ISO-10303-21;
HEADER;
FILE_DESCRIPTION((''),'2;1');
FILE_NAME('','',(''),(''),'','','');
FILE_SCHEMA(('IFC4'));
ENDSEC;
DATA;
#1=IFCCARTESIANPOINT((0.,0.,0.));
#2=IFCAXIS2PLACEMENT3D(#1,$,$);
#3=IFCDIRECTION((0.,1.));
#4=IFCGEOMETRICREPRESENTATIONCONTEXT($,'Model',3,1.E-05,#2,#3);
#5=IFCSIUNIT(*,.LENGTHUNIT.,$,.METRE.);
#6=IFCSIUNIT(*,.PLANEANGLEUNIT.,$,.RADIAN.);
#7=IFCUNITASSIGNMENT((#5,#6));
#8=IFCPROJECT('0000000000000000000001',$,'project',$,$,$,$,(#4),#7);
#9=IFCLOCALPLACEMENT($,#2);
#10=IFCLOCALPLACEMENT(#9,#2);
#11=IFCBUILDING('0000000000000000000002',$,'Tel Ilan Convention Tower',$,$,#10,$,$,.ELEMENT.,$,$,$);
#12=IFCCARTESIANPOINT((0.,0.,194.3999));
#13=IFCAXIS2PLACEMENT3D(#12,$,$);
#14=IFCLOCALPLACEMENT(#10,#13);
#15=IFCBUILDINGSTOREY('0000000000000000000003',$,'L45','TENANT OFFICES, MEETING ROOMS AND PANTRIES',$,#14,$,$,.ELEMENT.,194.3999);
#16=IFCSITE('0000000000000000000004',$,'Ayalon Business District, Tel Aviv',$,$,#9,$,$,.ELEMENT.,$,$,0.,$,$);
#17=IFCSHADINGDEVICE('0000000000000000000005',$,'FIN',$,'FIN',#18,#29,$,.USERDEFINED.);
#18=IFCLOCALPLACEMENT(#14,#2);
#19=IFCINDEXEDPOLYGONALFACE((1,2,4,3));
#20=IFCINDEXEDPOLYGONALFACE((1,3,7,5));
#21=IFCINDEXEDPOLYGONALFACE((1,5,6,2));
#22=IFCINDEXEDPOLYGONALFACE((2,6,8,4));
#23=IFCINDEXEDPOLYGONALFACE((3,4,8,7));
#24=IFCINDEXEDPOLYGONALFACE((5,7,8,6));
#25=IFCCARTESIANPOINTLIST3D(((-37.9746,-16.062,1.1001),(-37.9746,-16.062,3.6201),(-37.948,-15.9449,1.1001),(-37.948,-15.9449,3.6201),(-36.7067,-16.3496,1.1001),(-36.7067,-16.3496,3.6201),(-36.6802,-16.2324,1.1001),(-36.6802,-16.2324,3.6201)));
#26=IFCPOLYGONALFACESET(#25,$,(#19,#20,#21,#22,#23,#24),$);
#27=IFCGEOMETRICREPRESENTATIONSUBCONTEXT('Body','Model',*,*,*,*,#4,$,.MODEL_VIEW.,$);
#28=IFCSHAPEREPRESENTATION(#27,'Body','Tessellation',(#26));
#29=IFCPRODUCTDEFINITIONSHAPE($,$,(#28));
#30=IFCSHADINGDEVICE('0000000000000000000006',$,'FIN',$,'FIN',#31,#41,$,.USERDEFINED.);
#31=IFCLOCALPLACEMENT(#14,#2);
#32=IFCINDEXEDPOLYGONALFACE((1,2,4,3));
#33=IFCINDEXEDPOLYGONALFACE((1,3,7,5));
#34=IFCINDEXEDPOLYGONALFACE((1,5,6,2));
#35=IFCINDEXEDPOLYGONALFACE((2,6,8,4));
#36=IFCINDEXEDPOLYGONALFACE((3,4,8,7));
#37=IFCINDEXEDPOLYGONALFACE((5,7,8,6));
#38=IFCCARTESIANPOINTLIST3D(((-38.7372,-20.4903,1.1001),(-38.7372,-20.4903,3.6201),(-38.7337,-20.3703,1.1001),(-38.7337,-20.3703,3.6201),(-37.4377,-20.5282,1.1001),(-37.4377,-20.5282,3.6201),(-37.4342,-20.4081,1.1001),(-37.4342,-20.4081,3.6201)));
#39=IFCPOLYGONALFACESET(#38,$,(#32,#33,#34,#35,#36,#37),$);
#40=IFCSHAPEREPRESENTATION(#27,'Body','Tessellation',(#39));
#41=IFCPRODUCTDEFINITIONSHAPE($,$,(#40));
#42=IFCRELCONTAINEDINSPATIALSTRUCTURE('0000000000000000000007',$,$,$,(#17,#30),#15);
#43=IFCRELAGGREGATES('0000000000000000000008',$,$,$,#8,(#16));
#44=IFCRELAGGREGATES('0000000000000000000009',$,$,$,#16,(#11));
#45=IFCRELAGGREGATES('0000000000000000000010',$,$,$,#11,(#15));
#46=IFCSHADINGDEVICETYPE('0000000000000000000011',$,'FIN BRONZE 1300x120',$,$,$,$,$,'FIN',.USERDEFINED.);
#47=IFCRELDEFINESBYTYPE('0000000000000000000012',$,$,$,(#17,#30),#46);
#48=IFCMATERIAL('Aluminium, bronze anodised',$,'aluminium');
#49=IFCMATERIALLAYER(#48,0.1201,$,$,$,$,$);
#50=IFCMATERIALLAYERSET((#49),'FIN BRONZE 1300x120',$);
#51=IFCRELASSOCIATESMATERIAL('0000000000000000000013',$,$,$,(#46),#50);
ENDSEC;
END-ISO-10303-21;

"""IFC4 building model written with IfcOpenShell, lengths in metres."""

from ifc_helpers import new_model, si_unit, direction, frame, origin, origin_2d, place, context, subcontext, project, spatial, rectangle, extrude, material, layer, layer_set, type_object, element, save


model = new_model("IFC4")

# Units and contexts
model_context = context("Model", 3, precision=1e-05, world=origin(), true_north=direction((0.0, 1.0)))
body_context = subcontext(model_context, "Body", "Model", "MODEL_VIEW")
ifc_project = project(units=[si_unit("LENGTHUNIT", "METRE"), si_unit("PLANEANGLEUNIT", "RADIAN")], contexts=[model_context])

# Site, building, storey
site_placement = place(None, origin())
site = spatial("IfcSite", under=ifc_project, at=site_placement, Name="Ayalon Business District, Tel Aviv", CompositionType="ELEMENT", RefElevation=0.0)
building_placement = place(site_placement, origin())
building = spatial("IfcBuilding", under=site, at=building_placement, Name="Tel Ilan Convention Tower", CompositionType="ELEMENT")
storey_placement = place(building_placement, frame((0.0, 0.0, 194.3999)))
storey = spatial("IfcBuildingStorey", under=building, at=storey_placement, Name="L45", Description="TENANT OFFICES, MEETING ROOMS AND PANTRIES", CompositionType="ELEMENT", Elevation=194.3999)

# Shading devices
ifc_material_1 = material(Name="Aluminium, bronze anodised", Category="aluminium")
ifc_layer_1 = layer(ifc_material_1, 0.1201)
ifc_layer_set_1 = layer_set([ifc_layer_1], Name="FIN BRONZE 1300x120")
shading_device_type = type_object("IfcShadingDeviceType", Name="FIN BRONZE 1300x120", ElementType="FIN", PredefinedType="USERDEFINED", material=ifc_layer_set_1)
for number, where, z_axis, x_axis, name in (
    (1, (-37.3274, -16.1472, 1.1001), (0.0, 0.0, 1.0), (-0.975235, 0.22117, 0.0), "FIN"),
    (2, (-38.0857, -20.4492, 1.1001), (0.0, 0.0, 1.0), (-0.999577, 0.029085, 0.0), "FIN"),
):
    element("IfcShadingDevice", number, at=place(storey_placement, frame(where, z_axis=z_axis, x_axis=x_axis)), inside=storey, type_object=shading_device_type, Name=name, ObjectType="FIN", PredefinedType="USERDEFINED", context=body_context, shape_type="SweptSolid", body=[
        extrude(rectangle(XDim=1.3, YDim=0.1201, at=origin_2d()), origin(), (0.0, 0.0, 1.0), 2.52),
    ])

save(model, "model.ifc")
